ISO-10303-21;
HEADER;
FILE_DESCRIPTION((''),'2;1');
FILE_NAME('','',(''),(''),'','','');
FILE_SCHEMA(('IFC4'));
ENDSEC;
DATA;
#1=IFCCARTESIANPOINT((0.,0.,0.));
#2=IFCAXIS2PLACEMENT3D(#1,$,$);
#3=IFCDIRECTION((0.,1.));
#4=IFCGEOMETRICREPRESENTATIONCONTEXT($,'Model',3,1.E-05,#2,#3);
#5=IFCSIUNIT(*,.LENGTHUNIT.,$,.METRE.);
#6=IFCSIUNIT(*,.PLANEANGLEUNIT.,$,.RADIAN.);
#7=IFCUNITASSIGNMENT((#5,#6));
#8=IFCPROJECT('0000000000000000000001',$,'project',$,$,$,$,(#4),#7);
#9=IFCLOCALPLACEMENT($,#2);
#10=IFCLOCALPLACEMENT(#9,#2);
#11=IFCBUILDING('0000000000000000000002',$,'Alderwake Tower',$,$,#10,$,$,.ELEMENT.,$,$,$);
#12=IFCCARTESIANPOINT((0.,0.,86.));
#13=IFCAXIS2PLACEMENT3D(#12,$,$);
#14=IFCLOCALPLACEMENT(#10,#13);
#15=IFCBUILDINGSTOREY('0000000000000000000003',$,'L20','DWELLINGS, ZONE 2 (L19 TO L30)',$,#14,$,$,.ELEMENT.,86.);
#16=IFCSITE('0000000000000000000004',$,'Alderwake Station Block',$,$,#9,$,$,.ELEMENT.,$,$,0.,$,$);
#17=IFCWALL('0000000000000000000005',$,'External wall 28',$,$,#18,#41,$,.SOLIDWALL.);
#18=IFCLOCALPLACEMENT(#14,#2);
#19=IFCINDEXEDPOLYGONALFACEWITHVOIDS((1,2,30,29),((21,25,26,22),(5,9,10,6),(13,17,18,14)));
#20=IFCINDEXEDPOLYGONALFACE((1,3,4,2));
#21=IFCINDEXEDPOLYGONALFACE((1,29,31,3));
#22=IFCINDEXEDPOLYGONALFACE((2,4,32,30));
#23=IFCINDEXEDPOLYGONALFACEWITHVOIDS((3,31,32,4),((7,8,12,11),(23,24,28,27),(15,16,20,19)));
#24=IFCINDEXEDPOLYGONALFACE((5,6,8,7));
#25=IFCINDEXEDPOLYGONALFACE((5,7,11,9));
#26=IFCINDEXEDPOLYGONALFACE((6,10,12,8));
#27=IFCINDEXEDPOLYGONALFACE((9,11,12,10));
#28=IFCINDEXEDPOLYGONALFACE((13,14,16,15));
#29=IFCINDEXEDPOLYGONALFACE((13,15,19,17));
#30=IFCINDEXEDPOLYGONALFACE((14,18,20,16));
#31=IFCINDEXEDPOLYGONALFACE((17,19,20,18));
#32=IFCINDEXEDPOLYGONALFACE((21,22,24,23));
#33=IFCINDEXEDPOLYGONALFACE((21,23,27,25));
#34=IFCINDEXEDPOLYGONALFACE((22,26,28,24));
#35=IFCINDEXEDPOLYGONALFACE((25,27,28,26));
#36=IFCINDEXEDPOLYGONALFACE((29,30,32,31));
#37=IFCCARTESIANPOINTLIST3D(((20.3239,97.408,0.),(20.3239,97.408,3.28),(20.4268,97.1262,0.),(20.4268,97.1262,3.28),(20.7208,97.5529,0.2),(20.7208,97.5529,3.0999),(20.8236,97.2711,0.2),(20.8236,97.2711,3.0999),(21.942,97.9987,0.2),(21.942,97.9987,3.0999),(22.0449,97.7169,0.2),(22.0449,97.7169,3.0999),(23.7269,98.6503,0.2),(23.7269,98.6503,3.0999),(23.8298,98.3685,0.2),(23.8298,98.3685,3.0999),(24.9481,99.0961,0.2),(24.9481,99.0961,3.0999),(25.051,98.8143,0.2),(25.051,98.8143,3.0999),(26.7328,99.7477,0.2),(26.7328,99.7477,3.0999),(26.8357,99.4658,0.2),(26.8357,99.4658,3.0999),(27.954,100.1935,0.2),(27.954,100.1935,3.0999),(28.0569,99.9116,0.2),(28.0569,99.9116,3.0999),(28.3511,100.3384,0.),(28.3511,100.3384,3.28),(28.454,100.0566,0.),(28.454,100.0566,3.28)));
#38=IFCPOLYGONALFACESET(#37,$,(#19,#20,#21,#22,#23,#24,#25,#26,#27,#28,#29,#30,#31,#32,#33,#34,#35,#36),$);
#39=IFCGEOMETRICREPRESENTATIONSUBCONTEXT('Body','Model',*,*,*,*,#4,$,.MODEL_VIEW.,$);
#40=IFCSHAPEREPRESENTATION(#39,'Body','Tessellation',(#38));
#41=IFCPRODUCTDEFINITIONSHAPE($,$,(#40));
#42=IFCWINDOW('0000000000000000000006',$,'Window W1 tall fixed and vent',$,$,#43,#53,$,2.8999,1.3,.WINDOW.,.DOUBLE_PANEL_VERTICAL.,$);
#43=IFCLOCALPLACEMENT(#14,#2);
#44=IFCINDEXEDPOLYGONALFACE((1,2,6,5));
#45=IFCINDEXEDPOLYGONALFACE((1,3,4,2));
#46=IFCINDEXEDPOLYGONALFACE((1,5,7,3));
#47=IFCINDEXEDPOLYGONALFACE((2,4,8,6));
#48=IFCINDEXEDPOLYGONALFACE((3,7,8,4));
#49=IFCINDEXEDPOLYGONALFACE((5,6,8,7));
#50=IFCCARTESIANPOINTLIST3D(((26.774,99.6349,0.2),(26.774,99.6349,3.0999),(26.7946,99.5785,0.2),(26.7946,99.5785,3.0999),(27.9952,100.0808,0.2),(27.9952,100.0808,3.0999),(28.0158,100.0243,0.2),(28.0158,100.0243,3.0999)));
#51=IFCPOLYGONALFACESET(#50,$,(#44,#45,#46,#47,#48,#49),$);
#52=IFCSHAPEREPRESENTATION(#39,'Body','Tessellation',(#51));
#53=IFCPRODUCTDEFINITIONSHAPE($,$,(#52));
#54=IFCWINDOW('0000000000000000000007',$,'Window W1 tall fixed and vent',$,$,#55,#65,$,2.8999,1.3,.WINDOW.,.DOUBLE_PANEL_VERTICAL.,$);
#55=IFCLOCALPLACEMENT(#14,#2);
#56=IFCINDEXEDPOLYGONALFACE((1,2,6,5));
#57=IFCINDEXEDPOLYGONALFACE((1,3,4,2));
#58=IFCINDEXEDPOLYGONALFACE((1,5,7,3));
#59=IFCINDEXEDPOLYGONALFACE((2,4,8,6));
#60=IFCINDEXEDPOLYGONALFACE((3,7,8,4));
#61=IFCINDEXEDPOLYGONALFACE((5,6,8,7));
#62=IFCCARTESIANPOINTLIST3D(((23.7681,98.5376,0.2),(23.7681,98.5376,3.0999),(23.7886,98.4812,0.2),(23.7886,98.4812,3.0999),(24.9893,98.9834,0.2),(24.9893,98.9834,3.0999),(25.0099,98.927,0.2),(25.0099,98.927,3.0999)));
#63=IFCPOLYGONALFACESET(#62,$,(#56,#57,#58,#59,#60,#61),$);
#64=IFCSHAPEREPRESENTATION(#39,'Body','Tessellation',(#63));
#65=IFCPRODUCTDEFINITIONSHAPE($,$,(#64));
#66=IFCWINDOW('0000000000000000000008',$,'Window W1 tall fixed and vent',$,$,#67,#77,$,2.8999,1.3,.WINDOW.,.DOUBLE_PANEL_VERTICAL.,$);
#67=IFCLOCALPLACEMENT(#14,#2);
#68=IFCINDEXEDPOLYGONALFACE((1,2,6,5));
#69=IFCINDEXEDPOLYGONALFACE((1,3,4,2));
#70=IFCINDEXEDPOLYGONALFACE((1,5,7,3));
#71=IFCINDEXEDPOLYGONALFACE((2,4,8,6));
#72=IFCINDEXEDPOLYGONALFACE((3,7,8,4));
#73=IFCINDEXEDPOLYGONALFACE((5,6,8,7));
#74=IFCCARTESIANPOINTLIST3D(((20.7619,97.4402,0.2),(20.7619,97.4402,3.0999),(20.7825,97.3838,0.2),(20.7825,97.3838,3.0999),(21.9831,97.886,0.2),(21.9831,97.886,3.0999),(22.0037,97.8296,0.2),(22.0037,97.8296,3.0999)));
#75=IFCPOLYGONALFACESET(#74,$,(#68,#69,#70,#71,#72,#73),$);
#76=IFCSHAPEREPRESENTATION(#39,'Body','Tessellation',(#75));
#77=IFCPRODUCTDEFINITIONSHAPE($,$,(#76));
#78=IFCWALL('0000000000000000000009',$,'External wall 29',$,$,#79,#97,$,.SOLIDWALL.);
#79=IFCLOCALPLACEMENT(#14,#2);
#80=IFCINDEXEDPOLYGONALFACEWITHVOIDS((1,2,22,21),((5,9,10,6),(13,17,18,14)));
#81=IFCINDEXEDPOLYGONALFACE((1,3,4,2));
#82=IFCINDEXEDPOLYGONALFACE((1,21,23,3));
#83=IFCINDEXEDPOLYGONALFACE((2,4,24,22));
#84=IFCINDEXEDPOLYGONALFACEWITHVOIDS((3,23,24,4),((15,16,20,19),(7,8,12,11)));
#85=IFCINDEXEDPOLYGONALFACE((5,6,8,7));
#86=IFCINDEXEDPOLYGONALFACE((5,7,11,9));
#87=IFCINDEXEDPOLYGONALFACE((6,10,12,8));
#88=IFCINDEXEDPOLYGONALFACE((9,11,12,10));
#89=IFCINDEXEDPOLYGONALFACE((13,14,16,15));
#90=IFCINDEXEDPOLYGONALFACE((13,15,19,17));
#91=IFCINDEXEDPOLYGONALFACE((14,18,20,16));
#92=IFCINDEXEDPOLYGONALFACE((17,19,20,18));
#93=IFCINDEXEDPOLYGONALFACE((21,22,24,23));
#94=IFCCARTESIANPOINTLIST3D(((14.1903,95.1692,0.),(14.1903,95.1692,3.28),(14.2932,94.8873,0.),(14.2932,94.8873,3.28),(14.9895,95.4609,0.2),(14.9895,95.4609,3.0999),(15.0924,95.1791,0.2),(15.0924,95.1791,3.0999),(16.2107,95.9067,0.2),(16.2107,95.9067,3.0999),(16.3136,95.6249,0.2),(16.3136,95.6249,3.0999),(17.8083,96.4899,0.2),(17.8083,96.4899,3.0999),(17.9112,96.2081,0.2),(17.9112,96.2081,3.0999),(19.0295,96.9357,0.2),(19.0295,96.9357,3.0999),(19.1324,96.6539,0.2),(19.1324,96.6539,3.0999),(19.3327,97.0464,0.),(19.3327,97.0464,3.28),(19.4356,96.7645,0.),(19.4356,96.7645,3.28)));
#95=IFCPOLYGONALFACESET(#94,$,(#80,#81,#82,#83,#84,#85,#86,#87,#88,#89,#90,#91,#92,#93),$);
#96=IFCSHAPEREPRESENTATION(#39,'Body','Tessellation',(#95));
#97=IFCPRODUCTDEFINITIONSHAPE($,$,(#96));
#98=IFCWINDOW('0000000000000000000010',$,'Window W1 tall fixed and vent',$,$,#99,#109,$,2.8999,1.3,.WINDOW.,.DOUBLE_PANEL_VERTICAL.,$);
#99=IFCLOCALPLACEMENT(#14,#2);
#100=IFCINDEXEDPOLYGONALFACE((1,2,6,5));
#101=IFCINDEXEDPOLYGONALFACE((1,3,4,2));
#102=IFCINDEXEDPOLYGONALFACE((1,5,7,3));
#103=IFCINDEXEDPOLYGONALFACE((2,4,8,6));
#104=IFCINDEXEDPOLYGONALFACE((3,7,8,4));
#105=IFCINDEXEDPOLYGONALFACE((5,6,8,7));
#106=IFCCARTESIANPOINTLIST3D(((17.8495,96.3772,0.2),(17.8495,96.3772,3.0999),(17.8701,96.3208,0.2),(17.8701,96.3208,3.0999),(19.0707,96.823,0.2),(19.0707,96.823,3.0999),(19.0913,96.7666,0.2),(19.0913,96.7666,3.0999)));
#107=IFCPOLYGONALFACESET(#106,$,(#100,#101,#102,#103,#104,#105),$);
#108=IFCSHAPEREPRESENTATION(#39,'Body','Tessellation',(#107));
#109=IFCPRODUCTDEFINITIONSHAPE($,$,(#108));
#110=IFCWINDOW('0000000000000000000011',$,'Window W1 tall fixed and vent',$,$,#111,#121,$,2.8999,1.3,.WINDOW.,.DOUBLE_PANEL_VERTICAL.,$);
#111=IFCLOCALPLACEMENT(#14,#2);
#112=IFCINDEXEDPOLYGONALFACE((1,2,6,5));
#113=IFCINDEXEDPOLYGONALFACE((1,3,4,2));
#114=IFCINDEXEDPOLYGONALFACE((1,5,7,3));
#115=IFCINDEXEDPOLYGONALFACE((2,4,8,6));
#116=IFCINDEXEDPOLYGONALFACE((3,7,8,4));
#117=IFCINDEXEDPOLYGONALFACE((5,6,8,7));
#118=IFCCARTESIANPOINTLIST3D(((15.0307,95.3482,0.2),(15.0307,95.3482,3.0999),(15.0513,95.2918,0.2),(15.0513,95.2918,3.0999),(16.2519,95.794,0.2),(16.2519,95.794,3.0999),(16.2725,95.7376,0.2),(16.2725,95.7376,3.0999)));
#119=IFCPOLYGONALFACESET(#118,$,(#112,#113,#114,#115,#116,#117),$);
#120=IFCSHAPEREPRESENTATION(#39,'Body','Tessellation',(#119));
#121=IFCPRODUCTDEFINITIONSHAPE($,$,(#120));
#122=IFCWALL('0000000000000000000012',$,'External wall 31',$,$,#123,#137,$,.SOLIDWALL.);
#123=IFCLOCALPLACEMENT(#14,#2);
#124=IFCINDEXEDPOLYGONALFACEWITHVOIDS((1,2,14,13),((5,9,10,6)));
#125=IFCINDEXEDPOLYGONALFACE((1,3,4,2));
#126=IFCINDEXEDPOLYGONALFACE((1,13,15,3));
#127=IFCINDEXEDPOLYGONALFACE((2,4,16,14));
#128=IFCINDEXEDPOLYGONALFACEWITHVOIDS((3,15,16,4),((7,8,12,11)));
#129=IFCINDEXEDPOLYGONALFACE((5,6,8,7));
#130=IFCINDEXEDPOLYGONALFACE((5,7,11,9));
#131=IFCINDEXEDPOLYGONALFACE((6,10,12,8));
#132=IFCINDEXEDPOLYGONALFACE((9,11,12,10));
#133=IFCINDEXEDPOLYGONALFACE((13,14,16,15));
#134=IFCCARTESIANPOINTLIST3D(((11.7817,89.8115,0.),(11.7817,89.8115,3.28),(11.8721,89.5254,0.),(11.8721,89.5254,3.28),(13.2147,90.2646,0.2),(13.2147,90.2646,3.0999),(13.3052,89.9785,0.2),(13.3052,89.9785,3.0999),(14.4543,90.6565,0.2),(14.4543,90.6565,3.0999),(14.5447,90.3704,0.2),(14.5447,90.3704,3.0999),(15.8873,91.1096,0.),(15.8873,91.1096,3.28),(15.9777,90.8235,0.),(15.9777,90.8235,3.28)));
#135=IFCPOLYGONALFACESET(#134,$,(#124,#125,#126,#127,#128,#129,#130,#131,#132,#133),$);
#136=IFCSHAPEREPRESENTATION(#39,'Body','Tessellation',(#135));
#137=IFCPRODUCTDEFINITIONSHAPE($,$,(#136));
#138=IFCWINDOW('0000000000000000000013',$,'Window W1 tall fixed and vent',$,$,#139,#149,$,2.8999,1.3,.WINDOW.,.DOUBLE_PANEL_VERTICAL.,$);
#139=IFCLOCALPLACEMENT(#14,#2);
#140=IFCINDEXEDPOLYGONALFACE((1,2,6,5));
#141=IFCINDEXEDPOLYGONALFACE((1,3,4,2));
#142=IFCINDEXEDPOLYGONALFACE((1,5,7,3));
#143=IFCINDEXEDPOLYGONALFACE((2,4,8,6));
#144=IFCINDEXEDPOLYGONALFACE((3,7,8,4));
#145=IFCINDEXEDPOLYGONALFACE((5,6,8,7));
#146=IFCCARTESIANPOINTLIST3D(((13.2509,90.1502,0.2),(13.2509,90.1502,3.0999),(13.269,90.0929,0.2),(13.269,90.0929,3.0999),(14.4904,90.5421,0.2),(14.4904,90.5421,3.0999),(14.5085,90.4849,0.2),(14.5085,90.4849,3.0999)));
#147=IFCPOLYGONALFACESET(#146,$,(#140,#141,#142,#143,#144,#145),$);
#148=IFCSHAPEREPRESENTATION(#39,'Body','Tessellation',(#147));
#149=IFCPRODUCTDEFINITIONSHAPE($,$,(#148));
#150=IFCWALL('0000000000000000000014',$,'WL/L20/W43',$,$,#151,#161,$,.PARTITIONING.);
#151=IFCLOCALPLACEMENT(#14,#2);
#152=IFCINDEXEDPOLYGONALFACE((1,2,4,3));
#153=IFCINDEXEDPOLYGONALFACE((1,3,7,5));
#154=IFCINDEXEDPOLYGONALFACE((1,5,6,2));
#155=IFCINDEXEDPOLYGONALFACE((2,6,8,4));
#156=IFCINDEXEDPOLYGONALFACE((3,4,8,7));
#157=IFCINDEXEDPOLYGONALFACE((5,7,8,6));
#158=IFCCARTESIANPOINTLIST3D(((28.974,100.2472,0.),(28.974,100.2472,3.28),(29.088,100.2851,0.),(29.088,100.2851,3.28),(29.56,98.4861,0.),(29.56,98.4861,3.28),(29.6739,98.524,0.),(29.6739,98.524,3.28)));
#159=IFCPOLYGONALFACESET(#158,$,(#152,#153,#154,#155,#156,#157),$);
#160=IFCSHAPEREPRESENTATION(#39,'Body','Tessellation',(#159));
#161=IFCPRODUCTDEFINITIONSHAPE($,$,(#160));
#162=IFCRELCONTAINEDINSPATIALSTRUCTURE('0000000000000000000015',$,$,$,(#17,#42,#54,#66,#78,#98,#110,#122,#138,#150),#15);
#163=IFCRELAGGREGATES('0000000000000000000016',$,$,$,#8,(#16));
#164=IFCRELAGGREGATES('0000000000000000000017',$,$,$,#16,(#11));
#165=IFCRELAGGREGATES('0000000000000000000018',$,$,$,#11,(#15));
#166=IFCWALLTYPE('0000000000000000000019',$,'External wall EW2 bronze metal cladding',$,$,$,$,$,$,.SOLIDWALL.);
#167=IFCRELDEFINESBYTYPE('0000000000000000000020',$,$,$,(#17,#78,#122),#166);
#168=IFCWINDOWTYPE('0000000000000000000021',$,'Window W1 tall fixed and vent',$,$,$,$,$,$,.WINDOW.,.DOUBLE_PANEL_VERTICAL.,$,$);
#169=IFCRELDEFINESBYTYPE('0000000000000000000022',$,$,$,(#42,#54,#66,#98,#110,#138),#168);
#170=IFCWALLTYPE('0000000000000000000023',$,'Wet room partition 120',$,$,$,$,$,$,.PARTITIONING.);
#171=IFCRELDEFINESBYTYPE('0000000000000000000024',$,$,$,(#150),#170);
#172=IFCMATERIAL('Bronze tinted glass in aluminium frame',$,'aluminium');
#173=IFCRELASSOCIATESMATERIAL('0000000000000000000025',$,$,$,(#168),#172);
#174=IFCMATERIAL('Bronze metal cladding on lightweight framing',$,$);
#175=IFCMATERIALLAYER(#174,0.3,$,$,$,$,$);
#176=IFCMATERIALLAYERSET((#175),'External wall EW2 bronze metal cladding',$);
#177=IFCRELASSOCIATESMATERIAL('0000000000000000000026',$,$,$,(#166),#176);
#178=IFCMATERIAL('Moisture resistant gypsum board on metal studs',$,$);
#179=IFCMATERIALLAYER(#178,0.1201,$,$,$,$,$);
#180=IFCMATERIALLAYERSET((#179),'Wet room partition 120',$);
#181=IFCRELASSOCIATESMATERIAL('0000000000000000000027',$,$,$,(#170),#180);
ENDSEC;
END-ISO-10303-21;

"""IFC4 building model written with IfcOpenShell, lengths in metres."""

from ifc_helpers import new_model, si_unit, direction, frame, frame_2d, origin, place, context, subcontext, project, spatial, rectangle, extrude, material, layer, layer_set, type_object, element, fill, save


model = new_model("IFC4")

# Units and contexts
model_context = context("Model", 3, precision=1e-05, world=origin(), true_north=direction((0.0, 1.0)))
body_context = subcontext(model_context, "Body", "Model", "MODEL_VIEW")
ifc_project = project(units=[si_unit("LENGTHUNIT", "METRE"), si_unit("PLANEANGLEUNIT", "RADIAN")], contexts=[model_context])

# Site, building, storey
site_placement = place(None, origin())
site = spatial("IfcSite", under=ifc_project, at=site_placement, Name="Alderwake Station Block", CompositionType="ELEMENT", RefElevation=0.0)
building_placement = place(site_placement, origin())
building = spatial("IfcBuilding", under=site, at=building_placement, Name="Alderwake Tower", CompositionType="ELEMENT")
storey_placement = place(building_placement, frame((0.0, 0.0, 86.0)))
storey = spatial("IfcBuildingStorey", under=building, at=storey_placement, Name="L20", Description="DWELLINGS, ZONE 2 (L19 TO L30)", CompositionType="ELEMENT", Elevation=86.0)

# Shared definitions
ifc_material_1 = material(Name="Bronze tinted glass in aluminium frame", Category="aluminium")
window_type = type_object("IfcWindowType", Name="Window W1 tall fixed and vent", PartitioningType="DOUBLE_PANEL_VERTICAL", PredefinedType="WINDOW", material=ifc_material_1)

# Walls, openings, windows
ifc_material_2 = material(Name="Bronze metal cladding on lightweight framing")
ifc_layer_1 = layer(ifc_material_2, 0.3)
ifc_layer_set_1 = layer_set([ifc_layer_1], Name="External wall EW2 bronze metal cladding")
wall_type_1 = type_object("IfcWallType", Name="External wall EW2 bronze metal cladding", PredefinedType="SOLIDWALL", material=ifc_layer_set_1)
wall_1_placement = place(storey_placement, frame((28.4026, 100.1975, 0.0), z_axis=(0.0, 0.0, 1.0), x_axis=(-0.939365, -0.34292, 0.0)))
wall_1 = element("IfcWall", 1, at=wall_1_placement, inside=storey, type_object=wall_type_1, Name="External wall 28", PredefinedType="SOLIDWALL", context=body_context, shape_type="SweptSolid", body=[
    extrude(rectangle(XDim=8.5454, YDim=0.3, at=frame_2d((4.2727, 0.0))), origin(), (0.0, 0.0, 1.0), 3.28),
])
opening_1_placement = place(wall_1_placement, frame((0.4229, 0.0, 0.2)))
opening_1 = element("IfcOpeningElement", 2, at=opening_1_placement, cuts=wall_1, PredefinedType="OPENING", context=body_context, shape_type="SweptSolid", body=[
    extrude(rectangle(XDim=1.3, YDim=2.8999, at=frame_2d((0.6499, 1.45))), frame((0.0, 0.1599, 0.0), z_axis=(0.0, -1.0, 0.0), x_axis=(1.0, 0.0, 0.0)), (0.0, 0.0, 1.0), 0.3201),
])
opening_2_placement = place(wall_1_placement, frame((3.6228, 0.0, 0.2)))
opening_2 = element("IfcOpeningElement", 3, at=opening_2_placement, cuts=wall_1, PredefinedType="OPENING", context=body_context, shape_type="SweptSolid", body=[
    extrude(rectangle(XDim=1.3, YDim=2.8999, at=frame_2d((0.6499, 1.45))), frame((0.0, 0.1599, 0.0), z_axis=(0.0, -1.0, 0.0), x_axis=(1.0, 0.0, 0.0)), (0.0, 0.0, 1.0), 0.3201),
])
opening_3_placement = place(wall_1_placement, frame((6.823, 0.0, 0.2)))
opening_3 = element("IfcOpeningElement", 4, at=opening_3_placement, cuts=wall_1, PredefinedType="OPENING", context=body_context, shape_type="SweptSolid", body=[
    extrude(rectangle(XDim=1.3, YDim=2.8999, at=frame_2d((0.6499, 1.45))), frame((0.0, 0.1599, 0.0), z_axis=(0.0, -1.0, 0.0), x_axis=(1.0, 0.0, 0.0)), (0.0, 0.0, 1.0), 0.3201),
])
window_1_placement = place(opening_1_placement, origin())
window_1 = element("IfcWindow", 5, at=window_1_placement, inside=storey, type_object=window_type, Name="Window W1 tall fixed and vent", OverallHeight=2.8999, OverallWidth=1.3, PartitioningType="DOUBLE_PANEL_VERTICAL", PredefinedType="WINDOW", context=body_context, shape_type="SweptSolid", body=[
    extrude(rectangle(XDim=1.3, YDim=2.8999, at=frame_2d((0.6499, 1.45))), frame((0.0, 0.03, 0.0), z_axis=(0.0, -1.0, 0.0), x_axis=(1.0, 0.0, 0.0)), (0.0, 0.0, 1.0), 0.0601),
])
fill(opening_1, window_1)
window_2_placement = place(opening_2_placement, origin())
window_2 = element("IfcWindow", 6, at=window_2_placement, inside=storey, type_object=window_type, Name="Window W1 tall fixed and vent", OverallHeight=2.8999, OverallWidth=1.3, PartitioningType="DOUBLE_PANEL_VERTICAL", PredefinedType="WINDOW", context=body_context, shape_type="SweptSolid", body=[
    extrude(rectangle(XDim=1.3, YDim=2.8999, at=frame_2d((0.6499, 1.45))), frame((0.0, 0.03, 0.0), z_axis=(0.0, -1.0, 0.0), x_axis=(1.0, 0.0, 0.0)), (0.0, 0.0, 1.0), 0.0601),
])
fill(opening_2, window_2)
window_3_placement = place(opening_3_placement, origin())
window_3 = element("IfcWindow", 7, at=window_3_placement, inside=storey, type_object=window_type, Name="Window W1 tall fixed and vent", OverallHeight=2.8999, OverallWidth=1.3, PartitioningType="DOUBLE_PANEL_VERTICAL", PredefinedType="WINDOW", context=body_context, shape_type="SweptSolid", body=[
    extrude(rectangle(XDim=1.3, YDim=2.8999, at=frame_2d((0.6499, 1.45))), frame((0.0, 0.03, 0.0), z_axis=(0.0, -1.0, 0.0), x_axis=(1.0, 0.0, 0.0)), (0.0, 0.0, 1.0), 0.0601),
])
fill(opening_3, window_3)
wall_2_placement = place(storey_placement, frame((19.3843, 96.9055, 0.0), z_axis=(0.0, 0.0, 1.0), x_axis=(-0.939367, -0.342914, 0.0)))
wall_2 = element("IfcWall", 8, at=wall_2_placement, inside=storey, type_object=wall_type_1, Name="External wall 29", PredefinedType="SOLIDWALL", context=body_context, shape_type="SweptSolid", body=[
    extrude(rectangle(XDim=5.4744, YDim=0.3, at=frame_2d((2.7373, 0.0))), origin(), (0.0, 0.0, 1.0), 3.28),
])
opening_4_placement = place(wall_2_placement, frame((0.323, 0.0, 0.2)))
opening_4 = element("IfcOpeningElement", 9, at=opening_4_placement, cuts=wall_2, PredefinedType="OPENING", context=body_context, shape_type="SweptSolid", body=[
    extrude(rectangle(XDim=1.3, YDim=2.8999, at=frame_2d((0.6499, 1.45))), frame((0.0, 0.1599, 0.0), z_axis=(0.0, -1.0, 0.0), x_axis=(1.0, 0.0, 0.0)), (0.0, 0.0, 1.0), 0.3201),
])
opening_5_placement = place(wall_2_placement, frame((3.3237, 0.0, 0.2)))
opening_5 = element("IfcOpeningElement", 10, at=opening_5_placement, cuts=wall_2, PredefinedType="OPENING", context=body_context, shape_type="SweptSolid", body=[
    extrude(rectangle(XDim=1.3, YDim=2.8999, at=frame_2d((0.6499, 1.45))), frame((0.0, 0.1599, 0.0), z_axis=(0.0, -1.0, 0.0), x_axis=(1.0, 0.0, 0.0)), (0.0, 0.0, 1.0), 0.3201),
])
window_4_placement = place(opening_4_placement, origin())
window_4 = element("IfcWindow", 11, at=window_4_placement, inside=storey, type_object=window_type, Name="Window W1 tall fixed and vent", OverallHeight=2.8999, OverallWidth=1.3, PartitioningType="DOUBLE_PANEL_VERTICAL", PredefinedType="WINDOW", context=body_context, shape_type="SweptSolid", body=[
    extrude(rectangle(XDim=1.3, YDim=2.8999, at=frame_2d((0.6499, 1.45))), frame((0.0, 0.03, 0.0), z_axis=(0.0, -1.0, 0.0), x_axis=(1.0, 0.0, 0.0)), (0.0, 0.0, 1.0), 0.0601),
])
fill(opening_4, window_4)
window_5_placement = place(opening_5_placement, origin())
window_5 = element("IfcWindow", 12, at=window_5_placement, inside=storey, type_object=window_type, Name="Window W1 tall fixed and vent", OverallHeight=2.8999, OverallWidth=1.3, PartitioningType="DOUBLE_PANEL_VERTICAL", PredefinedType="WINDOW", context=body_context, shape_type="SweptSolid", body=[
    extrude(rectangle(XDim=1.3, YDim=2.8999, at=frame_2d((0.6499, 1.45))), frame((0.0, 0.03, 0.0), z_axis=(0.0, -1.0, 0.0), x_axis=(1.0, 0.0, 0.0)), (0.0, 0.0, 1.0), 0.0601),
])
fill(opening_5, window_5)

# Wall, opening, window
wall_3_placement = place(storey_placement, frame((15.9324, 90.9666, 0.0), z_axis=(0.0, 0.0, 1.0), x_axis=(-0.953474, -0.301476, 0.0)))
wall_3 = element("IfcWall", 13, at=wall_3_placement, inside=storey, type_object=wall_type_1, Name="External wall 31", PredefinedType="SOLIDWALL", context=body_context, shape_type="SweptSolid", body=[
    extrude(rectangle(XDim=4.3059, YDim=0.3, at=frame_2d((2.1528, 0.0))), origin(), (0.0, 0.0, 1.0), 3.28),
])
opening_6_placement = place(wall_3_placement, frame((1.5029, 0.0, 0.2)))
opening_6 = element("IfcOpeningElement", 14, at=opening_6_placement, cuts=wall_3, PredefinedType="OPENING", context=body_context, shape_type="SweptSolid", body=[
    extrude(rectangle(XDim=1.3, YDim=2.8999, at=frame_2d((0.6499, 1.45))), frame((0.0, 0.1599, 0.0), z_axis=(0.0, -1.0, 0.0), x_axis=(1.0, 0.0, 0.0)), (0.0, 0.0, 1.0), 0.3201),
])
window_6_placement = place(opening_6_placement, origin())
window_6 = element("IfcWindow", 15, at=window_6_placement, inside=storey, type_object=window_type, Name="Window W1 tall fixed and vent", OverallHeight=2.8999, OverallWidth=1.3, PartitioningType="DOUBLE_PANEL_VERTICAL", PredefinedType="WINDOW", context=body_context, shape_type="SweptSolid", body=[
    extrude(rectangle(XDim=1.3, YDim=2.8999, at=frame_2d((0.6499, 1.45))), frame((0.0, 0.03, 0.0), z_axis=(0.0, -1.0, 0.0), x_axis=(1.0, 0.0, 0.0)), (0.0, 0.0, 1.0), 0.0601),
])
fill(opening_6, window_6)

# Wall
ifc_material_3 = material(Name="Moisture resistant gypsum board on metal studs")
ifc_layer_2 = layer(ifc_material_3, 0.1201)
ifc_layer_set_2 = layer_set([ifc_layer_2], Name="Wet room partition 120")
wall_type_2 = type_object("IfcWallType", Name="Wet room partition 120", PredefinedType="PARTITIONING", material=ifc_layer_set_2)
wall_4_placement = place(storey_placement, frame((29.031, 100.2661, 0.0), z_axis=(0.0, 0.0, 1.0), x_axis=(0.315715, -0.948854, 0.0)))
element("IfcWall", 16, at=wall_4_placement, inside=storey, type_object=wall_type_2, Name="WL/L20/W43", PredefinedType="PARTITIONING", context=body_context, shape_type="SweptSolid", body=[
    extrude(rectangle(XDim=1.856, YDim=0.1201, at=frame_2d((0.928, 0.0))), origin(), (0.0, 0.0, 1.0), 3.28),
])

save(model, "model.ifc")
